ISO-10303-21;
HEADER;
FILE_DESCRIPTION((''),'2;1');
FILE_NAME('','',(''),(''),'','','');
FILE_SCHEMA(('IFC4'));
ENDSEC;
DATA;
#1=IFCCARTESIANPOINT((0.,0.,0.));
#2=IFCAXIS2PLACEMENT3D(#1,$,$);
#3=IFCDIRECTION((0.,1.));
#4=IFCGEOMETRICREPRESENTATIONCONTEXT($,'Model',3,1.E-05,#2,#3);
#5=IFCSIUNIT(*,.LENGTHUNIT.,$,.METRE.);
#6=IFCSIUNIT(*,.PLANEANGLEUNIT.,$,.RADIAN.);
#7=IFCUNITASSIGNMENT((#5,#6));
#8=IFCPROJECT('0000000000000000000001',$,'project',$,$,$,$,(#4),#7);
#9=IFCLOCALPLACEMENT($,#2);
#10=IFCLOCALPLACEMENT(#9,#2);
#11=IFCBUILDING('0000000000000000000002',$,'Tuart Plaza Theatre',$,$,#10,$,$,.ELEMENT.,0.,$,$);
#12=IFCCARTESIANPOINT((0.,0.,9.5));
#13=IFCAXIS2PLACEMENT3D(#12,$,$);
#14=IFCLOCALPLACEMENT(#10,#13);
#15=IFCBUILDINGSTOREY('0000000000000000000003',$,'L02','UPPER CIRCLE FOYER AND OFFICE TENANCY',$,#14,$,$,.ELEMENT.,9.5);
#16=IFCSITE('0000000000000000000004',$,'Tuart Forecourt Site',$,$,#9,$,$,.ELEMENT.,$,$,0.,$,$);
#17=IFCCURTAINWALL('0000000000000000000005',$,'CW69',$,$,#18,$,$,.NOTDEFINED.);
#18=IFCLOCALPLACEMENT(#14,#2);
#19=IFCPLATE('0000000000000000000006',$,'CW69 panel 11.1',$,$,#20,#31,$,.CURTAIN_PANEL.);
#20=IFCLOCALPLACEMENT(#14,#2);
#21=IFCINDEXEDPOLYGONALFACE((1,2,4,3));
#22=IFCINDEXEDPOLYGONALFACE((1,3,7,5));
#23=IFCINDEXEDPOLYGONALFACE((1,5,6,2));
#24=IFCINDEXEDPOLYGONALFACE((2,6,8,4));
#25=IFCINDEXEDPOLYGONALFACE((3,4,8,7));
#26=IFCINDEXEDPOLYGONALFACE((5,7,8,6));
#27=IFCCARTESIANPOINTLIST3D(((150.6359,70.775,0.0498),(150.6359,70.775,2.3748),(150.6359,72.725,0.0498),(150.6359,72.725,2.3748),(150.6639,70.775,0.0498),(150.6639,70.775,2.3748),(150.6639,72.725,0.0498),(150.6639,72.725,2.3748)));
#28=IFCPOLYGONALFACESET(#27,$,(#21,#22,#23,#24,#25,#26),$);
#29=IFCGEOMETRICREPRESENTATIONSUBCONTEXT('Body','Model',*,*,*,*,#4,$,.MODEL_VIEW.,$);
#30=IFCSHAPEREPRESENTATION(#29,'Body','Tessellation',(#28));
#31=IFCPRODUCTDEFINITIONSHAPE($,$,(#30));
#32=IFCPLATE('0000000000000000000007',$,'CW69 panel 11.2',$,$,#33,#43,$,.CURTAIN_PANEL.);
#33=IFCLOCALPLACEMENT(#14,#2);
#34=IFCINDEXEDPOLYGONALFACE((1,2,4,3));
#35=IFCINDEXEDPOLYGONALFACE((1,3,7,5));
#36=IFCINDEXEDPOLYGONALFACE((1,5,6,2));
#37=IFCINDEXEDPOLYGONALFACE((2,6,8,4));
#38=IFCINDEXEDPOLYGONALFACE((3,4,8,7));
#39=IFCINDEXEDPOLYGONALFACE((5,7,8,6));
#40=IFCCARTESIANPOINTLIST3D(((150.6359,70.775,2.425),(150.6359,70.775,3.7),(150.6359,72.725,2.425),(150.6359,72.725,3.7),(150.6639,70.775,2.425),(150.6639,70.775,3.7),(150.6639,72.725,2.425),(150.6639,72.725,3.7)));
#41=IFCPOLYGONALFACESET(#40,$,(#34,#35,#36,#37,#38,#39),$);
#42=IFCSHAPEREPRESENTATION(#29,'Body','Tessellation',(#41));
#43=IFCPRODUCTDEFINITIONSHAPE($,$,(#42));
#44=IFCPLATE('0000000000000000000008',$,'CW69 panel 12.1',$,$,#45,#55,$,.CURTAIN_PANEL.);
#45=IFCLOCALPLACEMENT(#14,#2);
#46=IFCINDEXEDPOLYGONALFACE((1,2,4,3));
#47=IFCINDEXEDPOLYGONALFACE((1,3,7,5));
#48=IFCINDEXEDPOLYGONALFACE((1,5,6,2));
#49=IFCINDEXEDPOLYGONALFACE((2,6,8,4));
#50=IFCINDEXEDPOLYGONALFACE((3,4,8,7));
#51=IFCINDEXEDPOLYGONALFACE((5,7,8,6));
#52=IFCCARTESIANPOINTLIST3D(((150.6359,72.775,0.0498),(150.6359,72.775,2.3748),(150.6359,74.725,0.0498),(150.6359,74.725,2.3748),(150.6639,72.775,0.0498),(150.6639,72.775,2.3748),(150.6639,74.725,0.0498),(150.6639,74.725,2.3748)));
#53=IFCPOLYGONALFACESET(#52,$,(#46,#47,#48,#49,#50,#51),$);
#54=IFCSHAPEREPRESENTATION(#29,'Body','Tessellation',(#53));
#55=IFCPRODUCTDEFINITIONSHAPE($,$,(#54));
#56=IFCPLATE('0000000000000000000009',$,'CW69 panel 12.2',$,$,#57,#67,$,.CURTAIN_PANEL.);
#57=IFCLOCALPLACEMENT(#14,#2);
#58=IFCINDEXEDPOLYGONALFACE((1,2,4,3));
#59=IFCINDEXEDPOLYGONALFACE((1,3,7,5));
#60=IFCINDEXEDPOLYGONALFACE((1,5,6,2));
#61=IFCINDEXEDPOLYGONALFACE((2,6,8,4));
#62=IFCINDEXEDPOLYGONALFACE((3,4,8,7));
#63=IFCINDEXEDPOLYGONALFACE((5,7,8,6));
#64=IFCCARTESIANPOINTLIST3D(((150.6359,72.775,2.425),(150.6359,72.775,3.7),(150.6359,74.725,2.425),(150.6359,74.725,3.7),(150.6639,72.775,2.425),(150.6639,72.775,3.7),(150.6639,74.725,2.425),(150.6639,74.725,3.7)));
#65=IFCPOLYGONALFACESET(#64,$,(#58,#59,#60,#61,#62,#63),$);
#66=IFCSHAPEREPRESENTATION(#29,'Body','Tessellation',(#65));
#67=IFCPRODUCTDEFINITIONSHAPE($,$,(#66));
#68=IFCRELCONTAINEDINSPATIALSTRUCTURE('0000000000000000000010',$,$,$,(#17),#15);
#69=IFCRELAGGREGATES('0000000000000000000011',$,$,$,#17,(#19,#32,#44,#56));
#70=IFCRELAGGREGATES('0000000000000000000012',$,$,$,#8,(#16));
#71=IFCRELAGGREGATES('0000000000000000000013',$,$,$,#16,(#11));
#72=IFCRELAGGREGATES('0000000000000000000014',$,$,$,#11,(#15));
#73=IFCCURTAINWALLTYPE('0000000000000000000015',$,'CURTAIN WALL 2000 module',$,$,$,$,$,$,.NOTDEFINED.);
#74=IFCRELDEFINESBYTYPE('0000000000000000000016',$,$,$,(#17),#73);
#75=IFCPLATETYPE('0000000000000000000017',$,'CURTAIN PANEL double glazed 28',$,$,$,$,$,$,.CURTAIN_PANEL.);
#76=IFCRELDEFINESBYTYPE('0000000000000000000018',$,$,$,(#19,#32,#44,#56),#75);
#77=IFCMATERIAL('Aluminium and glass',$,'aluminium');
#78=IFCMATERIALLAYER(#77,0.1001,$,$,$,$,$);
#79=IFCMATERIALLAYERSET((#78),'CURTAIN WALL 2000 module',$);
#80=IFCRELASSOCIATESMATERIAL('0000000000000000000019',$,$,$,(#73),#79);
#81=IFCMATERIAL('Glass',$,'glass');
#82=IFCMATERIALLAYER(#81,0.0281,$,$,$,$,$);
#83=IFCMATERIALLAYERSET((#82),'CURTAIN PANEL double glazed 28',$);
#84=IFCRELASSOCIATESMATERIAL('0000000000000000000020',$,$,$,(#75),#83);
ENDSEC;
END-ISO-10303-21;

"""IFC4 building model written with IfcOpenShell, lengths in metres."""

from ifc_helpers import new_model, si_unit, direction, frame, origin, origin_2d, place, context, subcontext, project, spatial, rectangle, extrude, material, layer, layer_set, type_object, element, aggregate, save


model = new_model("IFC4")

# Units and contexts
model_context = context("Model", 3, precision=1e-05, world=origin(), true_north=direction((0.0, 1.0)))
body_context = subcontext(model_context, "Body", "Model", "MODEL_VIEW")
ifc_project = project(units=[si_unit("LENGTHUNIT", "METRE"), si_unit("PLANEANGLEUNIT", "RADIAN")], contexts=[model_context])

# Site, building, storey
site_placement = place(None, origin())
site = spatial("IfcSite", under=ifc_project, at=site_placement, Name="Tuart Forecourt Site", CompositionType="ELEMENT", RefElevation=0.0)
building_placement = place(site_placement, origin())
building = spatial("IfcBuilding", under=site, at=building_placement, Name="Tuart Plaza Theatre", CompositionType="ELEMENT", ElevationOfRefHeight=0.0)
storey_placement = place(building_placement, frame((0.0, 0.0, 9.5)))
storey = spatial("IfcBuildingStorey", under=building, at=storey_placement, Name="L02", Description="UPPER CIRCLE FOYER AND OFFICE TENANCY", CompositionType="ELEMENT", Elevation=9.5)

# Curtain wall, plates
ifc_material_1 = material(Name="Aluminium and glass", Category="aluminium")
ifc_layer_1 = layer(ifc_material_1, 0.1001)
ifc_layer_set_1 = layer_set([ifc_layer_1], Name="CURTAIN WALL 2000 module")
curtain_wall_type = type_object("IfcCurtainWallType", Name="CURTAIN WALL 2000 module", PredefinedType="NOTDEFINED", material=ifc_layer_set_1)
curtain_wall_placement = place(storey_placement, origin())
curtain_wall = element("IfcCurtainWall", 1, at=curtain_wall_placement, inside=storey, type_object=curtain_wall_type, Name="CW69", PredefinedType="NOTDEFINED")
ifc_material_2 = material(Name="Glass", Category="glass")
ifc_layer_2 = layer(ifc_material_2, 0.0281)
ifc_layer_set_2 = layer_set([ifc_layer_2], Name="CURTAIN PANEL double glazed 28")
plate_type = type_object("IfcPlateType", Name="CURTAIN PANEL double glazed 28", PredefinedType="CURTAIN_PANEL", material=ifc_layer_set_2)
plate_1_placement = place(storey_placement, frame((150.6499, 71.75, 0.0498), z_axis=(0.0, 0.0, 1.0), x_axis=(0.0, 1.0, 0.0)))
plate_1 = element("IfcPlate", 2, at=plate_1_placement, type_object=plate_type, Name="CW69 panel 11.1", PredefinedType="CURTAIN_PANEL", context=body_context, shape_type="SweptSolid", body=[
    extrude(rectangle(XDim=1.95, YDim=0.0281, at=origin_2d()), origin(), (0.0, 0.0, 1.0), 2.325),
])
plate_2_placement = place(storey_placement, frame((150.6499, 71.75, 2.425), z_axis=(0.0, 0.0, 1.0), x_axis=(0.0, 1.0, 0.0)))
plate_2 = element("IfcPlate", 3, at=plate_2_placement, type_object=plate_type, Name="CW69 panel 11.2", PredefinedType="CURTAIN_PANEL", context=body_context, shape_type="SweptSolid", body=[
    extrude(rectangle(XDim=1.95, YDim=0.0281, at=origin_2d()), origin(), (0.0, 0.0, 1.0), 1.2749),
])
plate_3_placement = place(storey_placement, frame((150.6499, 73.75, 0.0498), z_axis=(0.0, 0.0, 1.0), x_axis=(0.0, 1.0, 0.0)))
plate_3 = element("IfcPlate", 4, at=plate_3_placement, type_object=plate_type, Name="CW69 panel 12.1", PredefinedType="CURTAIN_PANEL", context=body_context, shape_type="SweptSolid", body=[
    extrude(rectangle(XDim=1.95, YDim=0.0281, at=origin_2d()), origin(), (0.0, 0.0, 1.0), 2.325),
])
plate_4_placement = place(storey_placement, frame((150.6499, 73.75, 2.425), z_axis=(0.0, 0.0, 1.0), x_axis=(0.0, 1.0, 0.0)))
plate_4 = element("IfcPlate", 5, at=plate_4_placement, type_object=plate_type, Name="CW69 panel 12.2", PredefinedType="CURTAIN_PANEL", context=body_context, shape_type="SweptSolid", body=[
    extrude(rectangle(XDim=1.95, YDim=0.0281, at=origin_2d()), origin(), (0.0, 0.0, 1.0), 1.2749),
])
aggregate(curtain_wall, [plate_1, plate_2, plate_3, plate_4])

save(model, "model.ifc")
